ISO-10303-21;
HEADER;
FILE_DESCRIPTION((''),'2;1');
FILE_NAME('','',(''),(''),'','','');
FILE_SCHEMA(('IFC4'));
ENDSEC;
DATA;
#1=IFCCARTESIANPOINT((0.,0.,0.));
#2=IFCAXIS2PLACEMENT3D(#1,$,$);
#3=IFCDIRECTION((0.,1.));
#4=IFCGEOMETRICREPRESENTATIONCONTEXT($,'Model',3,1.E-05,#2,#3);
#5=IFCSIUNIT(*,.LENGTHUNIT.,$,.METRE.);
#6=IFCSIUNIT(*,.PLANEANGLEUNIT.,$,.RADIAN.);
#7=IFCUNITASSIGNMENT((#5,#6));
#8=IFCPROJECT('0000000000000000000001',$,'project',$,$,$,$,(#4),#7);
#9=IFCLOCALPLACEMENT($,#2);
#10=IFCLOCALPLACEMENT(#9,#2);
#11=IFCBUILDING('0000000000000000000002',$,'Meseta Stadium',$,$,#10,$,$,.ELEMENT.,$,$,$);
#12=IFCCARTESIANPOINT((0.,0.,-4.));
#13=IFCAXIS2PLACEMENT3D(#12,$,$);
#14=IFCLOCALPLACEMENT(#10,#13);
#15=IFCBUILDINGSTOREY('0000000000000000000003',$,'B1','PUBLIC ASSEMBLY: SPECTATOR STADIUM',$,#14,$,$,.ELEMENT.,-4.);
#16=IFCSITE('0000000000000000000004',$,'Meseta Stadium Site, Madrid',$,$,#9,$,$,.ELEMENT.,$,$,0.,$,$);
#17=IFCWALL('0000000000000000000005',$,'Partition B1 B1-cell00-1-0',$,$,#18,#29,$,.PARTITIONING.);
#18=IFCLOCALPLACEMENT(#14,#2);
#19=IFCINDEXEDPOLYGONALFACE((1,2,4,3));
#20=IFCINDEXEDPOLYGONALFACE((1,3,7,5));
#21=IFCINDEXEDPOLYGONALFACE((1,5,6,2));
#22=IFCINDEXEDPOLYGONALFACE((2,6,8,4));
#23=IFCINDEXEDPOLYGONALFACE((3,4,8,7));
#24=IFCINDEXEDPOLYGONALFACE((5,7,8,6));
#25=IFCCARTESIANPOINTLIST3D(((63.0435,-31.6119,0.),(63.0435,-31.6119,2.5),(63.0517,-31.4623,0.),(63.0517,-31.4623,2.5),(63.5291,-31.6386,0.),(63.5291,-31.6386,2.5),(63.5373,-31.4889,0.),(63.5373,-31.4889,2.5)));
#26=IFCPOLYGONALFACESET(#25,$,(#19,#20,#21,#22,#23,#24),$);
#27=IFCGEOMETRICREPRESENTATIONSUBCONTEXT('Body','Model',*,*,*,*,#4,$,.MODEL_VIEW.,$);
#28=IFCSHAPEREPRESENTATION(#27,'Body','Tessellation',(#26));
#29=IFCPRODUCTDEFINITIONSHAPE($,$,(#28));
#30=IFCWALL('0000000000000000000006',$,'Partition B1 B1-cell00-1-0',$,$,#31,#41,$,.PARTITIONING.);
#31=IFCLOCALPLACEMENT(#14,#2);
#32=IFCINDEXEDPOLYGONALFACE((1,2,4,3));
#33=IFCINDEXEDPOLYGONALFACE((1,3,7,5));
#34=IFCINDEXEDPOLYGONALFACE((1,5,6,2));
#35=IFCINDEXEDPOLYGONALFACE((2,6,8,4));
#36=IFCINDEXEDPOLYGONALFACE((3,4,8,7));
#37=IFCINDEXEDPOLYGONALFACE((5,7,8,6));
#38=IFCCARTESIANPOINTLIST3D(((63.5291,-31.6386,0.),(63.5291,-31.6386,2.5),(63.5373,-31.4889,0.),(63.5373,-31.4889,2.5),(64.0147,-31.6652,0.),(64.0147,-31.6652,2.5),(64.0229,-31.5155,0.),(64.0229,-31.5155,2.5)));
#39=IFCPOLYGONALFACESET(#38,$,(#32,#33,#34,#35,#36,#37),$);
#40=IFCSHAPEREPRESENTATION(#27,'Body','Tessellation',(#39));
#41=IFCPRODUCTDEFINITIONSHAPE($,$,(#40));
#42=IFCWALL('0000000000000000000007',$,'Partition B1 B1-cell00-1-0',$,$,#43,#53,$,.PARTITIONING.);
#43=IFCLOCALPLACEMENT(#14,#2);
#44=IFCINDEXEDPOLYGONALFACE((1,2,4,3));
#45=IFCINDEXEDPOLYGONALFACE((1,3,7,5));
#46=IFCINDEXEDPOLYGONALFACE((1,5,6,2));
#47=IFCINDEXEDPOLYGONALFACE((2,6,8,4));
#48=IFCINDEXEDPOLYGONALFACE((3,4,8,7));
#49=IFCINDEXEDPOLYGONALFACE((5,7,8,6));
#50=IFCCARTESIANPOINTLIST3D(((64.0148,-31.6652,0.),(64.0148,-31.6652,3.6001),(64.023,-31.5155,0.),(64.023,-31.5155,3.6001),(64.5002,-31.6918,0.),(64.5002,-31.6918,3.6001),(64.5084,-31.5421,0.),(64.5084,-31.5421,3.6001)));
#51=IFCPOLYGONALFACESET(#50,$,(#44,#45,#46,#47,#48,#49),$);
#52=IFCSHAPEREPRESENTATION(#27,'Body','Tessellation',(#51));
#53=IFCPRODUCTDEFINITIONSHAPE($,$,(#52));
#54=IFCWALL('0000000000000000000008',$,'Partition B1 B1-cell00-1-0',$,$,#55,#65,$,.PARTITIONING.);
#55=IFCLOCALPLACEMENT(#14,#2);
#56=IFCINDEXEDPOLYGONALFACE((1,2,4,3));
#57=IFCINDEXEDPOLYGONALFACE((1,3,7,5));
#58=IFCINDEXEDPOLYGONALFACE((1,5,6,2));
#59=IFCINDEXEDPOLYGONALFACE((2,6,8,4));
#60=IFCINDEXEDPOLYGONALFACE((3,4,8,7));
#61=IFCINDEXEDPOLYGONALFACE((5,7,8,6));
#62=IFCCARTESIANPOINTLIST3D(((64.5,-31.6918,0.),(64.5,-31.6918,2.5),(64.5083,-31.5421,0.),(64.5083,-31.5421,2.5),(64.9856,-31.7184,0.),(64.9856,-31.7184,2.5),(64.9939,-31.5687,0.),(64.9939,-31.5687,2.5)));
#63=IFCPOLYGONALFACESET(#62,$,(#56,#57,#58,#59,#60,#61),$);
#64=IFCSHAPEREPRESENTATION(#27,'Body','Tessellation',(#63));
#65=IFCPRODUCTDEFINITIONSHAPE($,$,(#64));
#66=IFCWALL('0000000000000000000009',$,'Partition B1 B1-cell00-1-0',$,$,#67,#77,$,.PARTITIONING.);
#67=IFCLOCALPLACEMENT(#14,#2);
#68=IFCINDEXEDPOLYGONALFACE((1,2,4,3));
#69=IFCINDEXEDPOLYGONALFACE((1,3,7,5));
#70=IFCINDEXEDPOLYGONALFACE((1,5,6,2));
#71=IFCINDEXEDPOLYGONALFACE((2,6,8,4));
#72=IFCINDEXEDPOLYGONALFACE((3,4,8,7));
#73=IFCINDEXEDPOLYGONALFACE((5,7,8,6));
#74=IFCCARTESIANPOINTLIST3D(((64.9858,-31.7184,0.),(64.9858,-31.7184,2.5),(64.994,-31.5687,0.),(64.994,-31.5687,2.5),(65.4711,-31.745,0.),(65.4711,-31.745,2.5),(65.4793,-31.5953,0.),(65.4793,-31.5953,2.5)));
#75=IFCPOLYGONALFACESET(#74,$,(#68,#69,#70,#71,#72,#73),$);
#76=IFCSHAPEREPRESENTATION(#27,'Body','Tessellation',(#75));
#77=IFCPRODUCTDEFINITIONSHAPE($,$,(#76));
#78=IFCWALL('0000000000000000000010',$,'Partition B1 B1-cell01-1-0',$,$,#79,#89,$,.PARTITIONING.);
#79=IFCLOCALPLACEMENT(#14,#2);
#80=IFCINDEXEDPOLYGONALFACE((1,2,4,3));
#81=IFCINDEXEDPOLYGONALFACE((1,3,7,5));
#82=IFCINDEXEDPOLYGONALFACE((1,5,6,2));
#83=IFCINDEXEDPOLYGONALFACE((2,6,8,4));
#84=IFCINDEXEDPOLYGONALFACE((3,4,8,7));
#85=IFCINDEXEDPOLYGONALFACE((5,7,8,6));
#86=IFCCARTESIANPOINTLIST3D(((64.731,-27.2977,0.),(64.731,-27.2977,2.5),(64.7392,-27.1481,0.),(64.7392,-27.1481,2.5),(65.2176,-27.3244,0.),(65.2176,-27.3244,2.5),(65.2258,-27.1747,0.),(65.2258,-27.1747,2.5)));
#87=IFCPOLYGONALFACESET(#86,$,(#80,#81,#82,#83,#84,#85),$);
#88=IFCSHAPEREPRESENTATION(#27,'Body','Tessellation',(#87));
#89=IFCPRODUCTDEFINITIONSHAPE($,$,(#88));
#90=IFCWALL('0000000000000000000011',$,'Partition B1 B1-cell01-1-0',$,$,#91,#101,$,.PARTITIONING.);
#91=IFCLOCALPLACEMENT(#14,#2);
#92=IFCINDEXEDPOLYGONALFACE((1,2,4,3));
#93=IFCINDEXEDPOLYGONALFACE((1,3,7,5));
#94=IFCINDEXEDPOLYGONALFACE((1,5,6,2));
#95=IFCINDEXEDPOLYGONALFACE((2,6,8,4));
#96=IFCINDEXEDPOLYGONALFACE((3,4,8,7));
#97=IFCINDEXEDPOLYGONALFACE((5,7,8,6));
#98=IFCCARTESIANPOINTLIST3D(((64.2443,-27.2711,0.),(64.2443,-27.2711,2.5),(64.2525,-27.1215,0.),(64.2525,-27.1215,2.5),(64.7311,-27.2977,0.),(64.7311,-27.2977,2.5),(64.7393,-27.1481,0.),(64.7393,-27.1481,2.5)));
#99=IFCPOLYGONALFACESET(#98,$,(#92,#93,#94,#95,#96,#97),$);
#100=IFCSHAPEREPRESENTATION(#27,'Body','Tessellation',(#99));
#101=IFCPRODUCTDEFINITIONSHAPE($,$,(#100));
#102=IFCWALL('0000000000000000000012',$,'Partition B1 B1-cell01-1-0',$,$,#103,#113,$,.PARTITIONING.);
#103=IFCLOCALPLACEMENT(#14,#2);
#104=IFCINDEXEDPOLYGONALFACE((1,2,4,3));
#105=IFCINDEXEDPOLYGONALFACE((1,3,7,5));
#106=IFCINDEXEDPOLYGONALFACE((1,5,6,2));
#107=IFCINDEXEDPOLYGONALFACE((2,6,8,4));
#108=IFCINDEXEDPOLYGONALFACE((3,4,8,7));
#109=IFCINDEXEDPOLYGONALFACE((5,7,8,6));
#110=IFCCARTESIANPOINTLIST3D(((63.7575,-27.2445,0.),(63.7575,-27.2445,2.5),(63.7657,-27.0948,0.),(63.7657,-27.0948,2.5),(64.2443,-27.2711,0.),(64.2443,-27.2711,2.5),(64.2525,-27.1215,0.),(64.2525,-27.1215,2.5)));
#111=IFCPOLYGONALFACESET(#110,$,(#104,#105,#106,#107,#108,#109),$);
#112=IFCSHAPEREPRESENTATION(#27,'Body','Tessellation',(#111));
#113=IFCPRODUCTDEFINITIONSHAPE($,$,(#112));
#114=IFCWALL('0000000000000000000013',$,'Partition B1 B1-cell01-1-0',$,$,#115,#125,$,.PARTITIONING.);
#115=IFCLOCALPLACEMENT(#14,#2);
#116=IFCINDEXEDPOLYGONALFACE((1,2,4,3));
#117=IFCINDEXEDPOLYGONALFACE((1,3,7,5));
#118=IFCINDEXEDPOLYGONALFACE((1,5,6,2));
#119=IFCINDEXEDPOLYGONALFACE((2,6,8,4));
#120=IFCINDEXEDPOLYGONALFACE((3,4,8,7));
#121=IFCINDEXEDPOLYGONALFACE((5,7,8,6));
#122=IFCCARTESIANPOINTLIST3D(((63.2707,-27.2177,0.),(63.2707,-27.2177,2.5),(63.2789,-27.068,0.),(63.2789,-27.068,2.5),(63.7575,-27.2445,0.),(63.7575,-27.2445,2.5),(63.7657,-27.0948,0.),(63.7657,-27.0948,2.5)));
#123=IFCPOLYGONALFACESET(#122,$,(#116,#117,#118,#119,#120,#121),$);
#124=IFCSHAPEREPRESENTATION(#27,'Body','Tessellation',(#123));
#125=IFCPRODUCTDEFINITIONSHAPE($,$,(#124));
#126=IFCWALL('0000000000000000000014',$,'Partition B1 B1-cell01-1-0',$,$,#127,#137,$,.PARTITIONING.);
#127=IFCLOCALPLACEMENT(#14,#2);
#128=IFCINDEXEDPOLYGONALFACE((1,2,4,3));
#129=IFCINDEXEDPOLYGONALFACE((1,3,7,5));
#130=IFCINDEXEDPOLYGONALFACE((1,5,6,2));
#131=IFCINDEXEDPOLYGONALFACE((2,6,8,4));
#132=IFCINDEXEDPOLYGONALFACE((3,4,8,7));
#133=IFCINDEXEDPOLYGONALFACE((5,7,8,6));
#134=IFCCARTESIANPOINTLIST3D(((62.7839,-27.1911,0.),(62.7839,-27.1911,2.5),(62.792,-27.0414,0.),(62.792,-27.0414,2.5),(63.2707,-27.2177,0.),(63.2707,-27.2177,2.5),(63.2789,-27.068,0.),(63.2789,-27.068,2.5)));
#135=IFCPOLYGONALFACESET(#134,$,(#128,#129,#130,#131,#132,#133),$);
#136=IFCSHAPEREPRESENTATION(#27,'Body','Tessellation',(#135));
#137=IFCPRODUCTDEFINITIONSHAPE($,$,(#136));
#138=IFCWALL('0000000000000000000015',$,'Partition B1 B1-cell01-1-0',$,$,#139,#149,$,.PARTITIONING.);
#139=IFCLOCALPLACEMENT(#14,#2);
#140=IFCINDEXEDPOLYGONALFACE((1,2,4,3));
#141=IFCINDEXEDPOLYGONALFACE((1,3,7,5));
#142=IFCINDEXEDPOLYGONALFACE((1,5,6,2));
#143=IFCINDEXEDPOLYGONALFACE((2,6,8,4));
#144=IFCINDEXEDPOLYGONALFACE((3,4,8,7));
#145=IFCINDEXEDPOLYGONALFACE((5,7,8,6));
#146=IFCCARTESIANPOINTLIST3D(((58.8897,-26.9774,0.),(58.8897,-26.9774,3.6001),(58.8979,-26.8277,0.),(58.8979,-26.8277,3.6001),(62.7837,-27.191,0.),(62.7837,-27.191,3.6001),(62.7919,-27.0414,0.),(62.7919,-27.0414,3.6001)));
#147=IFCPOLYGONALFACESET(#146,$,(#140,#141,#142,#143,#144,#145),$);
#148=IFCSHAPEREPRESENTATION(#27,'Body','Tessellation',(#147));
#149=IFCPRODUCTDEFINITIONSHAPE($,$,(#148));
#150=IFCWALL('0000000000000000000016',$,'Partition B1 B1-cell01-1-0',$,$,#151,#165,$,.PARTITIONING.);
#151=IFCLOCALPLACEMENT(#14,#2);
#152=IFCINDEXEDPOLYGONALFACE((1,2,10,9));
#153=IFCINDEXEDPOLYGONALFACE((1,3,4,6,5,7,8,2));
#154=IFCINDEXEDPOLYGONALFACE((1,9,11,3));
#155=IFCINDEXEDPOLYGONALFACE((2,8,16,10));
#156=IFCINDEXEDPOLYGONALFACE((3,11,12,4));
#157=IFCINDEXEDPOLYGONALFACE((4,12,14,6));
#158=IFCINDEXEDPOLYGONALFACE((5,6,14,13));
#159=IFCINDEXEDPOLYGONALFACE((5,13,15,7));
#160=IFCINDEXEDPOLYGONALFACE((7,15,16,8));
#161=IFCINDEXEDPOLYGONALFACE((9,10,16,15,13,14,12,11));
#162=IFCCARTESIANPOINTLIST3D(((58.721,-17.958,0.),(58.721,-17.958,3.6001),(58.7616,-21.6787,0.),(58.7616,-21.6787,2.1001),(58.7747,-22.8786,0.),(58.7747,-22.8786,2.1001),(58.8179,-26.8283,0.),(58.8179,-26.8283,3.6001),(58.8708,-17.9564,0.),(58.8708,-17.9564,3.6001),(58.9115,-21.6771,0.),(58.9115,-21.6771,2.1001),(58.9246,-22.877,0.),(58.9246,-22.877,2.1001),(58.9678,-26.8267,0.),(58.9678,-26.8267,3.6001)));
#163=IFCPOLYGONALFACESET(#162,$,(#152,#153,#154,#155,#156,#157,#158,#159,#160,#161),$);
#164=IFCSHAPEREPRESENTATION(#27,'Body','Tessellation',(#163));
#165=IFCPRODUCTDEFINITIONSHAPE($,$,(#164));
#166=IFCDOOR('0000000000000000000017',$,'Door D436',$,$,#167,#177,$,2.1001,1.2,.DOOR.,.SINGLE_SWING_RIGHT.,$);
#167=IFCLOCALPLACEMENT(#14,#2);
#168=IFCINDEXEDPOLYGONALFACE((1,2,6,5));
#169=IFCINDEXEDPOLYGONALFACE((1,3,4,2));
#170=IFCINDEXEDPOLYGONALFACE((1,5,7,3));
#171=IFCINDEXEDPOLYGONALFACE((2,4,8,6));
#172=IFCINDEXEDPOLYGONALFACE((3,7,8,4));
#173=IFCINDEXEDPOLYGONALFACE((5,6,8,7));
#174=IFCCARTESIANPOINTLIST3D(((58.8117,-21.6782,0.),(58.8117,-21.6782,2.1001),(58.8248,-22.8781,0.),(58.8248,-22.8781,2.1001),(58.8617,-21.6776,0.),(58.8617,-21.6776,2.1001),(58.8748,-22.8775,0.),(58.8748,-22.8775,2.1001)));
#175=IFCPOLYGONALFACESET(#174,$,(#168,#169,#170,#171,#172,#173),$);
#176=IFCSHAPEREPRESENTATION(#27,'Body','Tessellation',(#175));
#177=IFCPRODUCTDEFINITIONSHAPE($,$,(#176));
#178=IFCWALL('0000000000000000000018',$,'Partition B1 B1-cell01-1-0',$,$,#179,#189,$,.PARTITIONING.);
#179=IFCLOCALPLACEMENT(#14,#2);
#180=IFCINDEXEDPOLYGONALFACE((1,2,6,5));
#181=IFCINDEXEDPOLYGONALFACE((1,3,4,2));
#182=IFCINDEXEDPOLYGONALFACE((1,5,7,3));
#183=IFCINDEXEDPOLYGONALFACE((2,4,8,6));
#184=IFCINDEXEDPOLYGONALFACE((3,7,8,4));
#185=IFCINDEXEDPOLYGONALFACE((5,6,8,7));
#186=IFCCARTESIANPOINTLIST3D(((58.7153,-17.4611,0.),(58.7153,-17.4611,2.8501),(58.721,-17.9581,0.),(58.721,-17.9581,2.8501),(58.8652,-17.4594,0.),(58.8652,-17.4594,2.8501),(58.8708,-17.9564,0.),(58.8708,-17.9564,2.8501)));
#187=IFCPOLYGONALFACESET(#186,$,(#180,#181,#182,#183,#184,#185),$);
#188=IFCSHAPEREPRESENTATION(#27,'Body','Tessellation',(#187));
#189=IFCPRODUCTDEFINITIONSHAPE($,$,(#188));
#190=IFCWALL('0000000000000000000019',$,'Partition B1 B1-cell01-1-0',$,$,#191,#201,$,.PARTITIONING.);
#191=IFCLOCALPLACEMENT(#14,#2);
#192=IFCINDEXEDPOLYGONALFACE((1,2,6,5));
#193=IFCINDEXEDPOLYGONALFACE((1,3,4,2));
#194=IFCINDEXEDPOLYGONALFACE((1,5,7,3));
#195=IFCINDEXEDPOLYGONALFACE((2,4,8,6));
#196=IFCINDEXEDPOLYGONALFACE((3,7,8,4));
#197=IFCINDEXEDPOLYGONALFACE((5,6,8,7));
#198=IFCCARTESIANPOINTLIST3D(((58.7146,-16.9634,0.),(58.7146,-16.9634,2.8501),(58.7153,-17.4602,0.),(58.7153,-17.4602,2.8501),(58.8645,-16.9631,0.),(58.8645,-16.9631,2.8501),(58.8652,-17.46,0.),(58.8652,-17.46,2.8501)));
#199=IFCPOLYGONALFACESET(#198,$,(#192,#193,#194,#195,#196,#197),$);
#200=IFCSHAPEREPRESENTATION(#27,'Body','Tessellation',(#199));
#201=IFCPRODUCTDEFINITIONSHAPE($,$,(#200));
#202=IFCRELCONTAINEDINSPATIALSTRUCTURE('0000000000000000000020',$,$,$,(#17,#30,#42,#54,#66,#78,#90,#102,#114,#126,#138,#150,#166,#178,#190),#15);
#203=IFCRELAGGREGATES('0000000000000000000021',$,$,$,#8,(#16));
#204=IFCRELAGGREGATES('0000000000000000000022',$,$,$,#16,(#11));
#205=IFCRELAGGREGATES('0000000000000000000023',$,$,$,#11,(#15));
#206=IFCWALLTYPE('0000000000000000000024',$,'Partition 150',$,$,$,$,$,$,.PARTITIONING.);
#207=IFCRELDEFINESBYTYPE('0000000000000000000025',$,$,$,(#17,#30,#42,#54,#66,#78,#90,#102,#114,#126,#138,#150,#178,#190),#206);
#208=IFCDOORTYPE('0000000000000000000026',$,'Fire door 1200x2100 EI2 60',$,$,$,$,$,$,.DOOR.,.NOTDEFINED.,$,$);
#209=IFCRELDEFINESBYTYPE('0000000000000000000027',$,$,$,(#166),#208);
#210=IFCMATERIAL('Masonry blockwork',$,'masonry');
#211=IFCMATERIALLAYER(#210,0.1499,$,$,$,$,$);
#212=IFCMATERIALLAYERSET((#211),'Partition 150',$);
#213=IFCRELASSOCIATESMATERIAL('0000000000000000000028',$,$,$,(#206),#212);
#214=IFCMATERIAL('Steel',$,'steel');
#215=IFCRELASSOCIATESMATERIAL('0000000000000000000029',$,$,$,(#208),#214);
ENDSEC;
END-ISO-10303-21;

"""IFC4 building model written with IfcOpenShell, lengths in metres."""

from ifc_helpers import new_model, si_unit, direction, frame, frame_2d, origin, place, context, subcontext, project, spatial, rectangle, extrude, material, layer, layer_set, type_object, element, fill, save


model = new_model("IFC4")

# Units and contexts
model_context = context("Model", 3, precision=1e-05, world=origin(), true_north=direction((0.0, 1.0)))
body_context = subcontext(model_context, "Body", "Model", "MODEL_VIEW")
ifc_project = project(units=[si_unit("LENGTHUNIT", "METRE"), si_unit("PLANEANGLEUNIT", "RADIAN")], contexts=[model_context])

# Site, building, storey
site_placement = place(None, origin())
site = spatial("IfcSite", under=ifc_project, at=site_placement, Name="Meseta Stadium Site, Madrid", CompositionType="ELEMENT", RefElevation=0.0)
building_placement = place(site_placement, origin())
building = spatial("IfcBuilding", under=site, at=building_placement, Name="Meseta Stadium", CompositionType="ELEMENT")
storey_placement = place(building_placement, frame((0.0, 0.0, -4.0)))
storey = spatial("IfcBuildingStorey", under=building, at=storey_placement, Name="B1", Description="PUBLIC ASSEMBLY: SPECTATOR STADIUM", CompositionType="ELEMENT", Elevation=-4.0)

# Walls
ifc_material_1 = material(Name="Masonry blockwork", Category="masonry")
ifc_layer = layer(ifc_material_1, 0.1499)
ifc_layer_set = layer_set([ifc_layer], Name="Partition 150")
wall_type = type_object("IfcWallType", Name="Partition 150", PredefinedType="PARTITIONING", material=ifc_layer_set)
for number, where, z_axis, x_axis, name in (
    (1, (63.0476, -31.5371, 0.0), (0.0, 0.0, 1.0), (0.998502, -0.054719, 0.0), "Partition B1 B1-cell00-1-0"),
    (2, (63.5332, -31.5637, 0.0), (0.0, 0.0, 1.0), (0.998502, -0.054719, 0.0), "Partition B1 B1-cell00-1-0"),
):
    element("IfcWall", number, at=place(storey_placement, frame(where, z_axis=z_axis, x_axis=x_axis)), inside=storey, type_object=wall_type, Name=name, PredefinedType="PARTITIONING", context=body_context, shape_type="SweptSolid", body=[
        extrude(rectangle(XDim=0.4863, YDim=0.1499, at=frame_2d((0.2432, 0.0))), origin(), (0.0, 0.0, 1.0), 2.5),
    ])
wall_1_placement = place(storey_placement, frame((64.0188, -31.5903, 0.0), z_axis=(0.0, 0.0, 1.0), x_axis=(0.9985, -0.054747, 0.0)))
element("IfcWall", 3, at=wall_1_placement, inside=storey, type_object=wall_type, Name="Partition B1 B1-cell00-1-0", PredefinedType="PARTITIONING", context=body_context, shape_type="SweptSolid", body=[
    extrude(rectangle(XDim=0.4861, YDim=0.1499, at=frame_2d((0.2432, 0.0))), origin(), (0.0, 0.0, 1.0), 3.6001),
])
wall_2_placement = place(storey_placement, frame((64.5042, -31.6169, 0.0), z_axis=(0.0, 0.0, 1.0), x_axis=(0.998502, -0.054719, 0.0)))
element("IfcWall", 4, at=wall_2_placement, inside=storey, type_object=wall_type, Name="Partition B1 B1-cell00-1-0", PredefinedType="PARTITIONING", context=body_context, shape_type="SweptSolid", body=[
    extrude(rectangle(XDim=0.4863, YDim=0.1499, at=frame_2d((0.2432, 0.0))), origin(), (0.0, 0.0, 1.0), 2.5),
])
wall_3_placement = place(storey_placement, frame((64.9897, -31.6436, 0.0), z_axis=(0.0, 0.0, 1.0), x_axis=(0.9985, -0.054747, 0.0)))
element("IfcWall", 5, at=wall_3_placement, inside=storey, type_object=wall_type, Name="Partition B1 B1-cell00-1-0", PredefinedType="PARTITIONING", context=body_context, shape_type="SweptSolid", body=[
    extrude(rectangle(XDim=0.4861, YDim=0.1499, at=frame_2d((0.2432, 0.0))), origin(), (0.0, 0.0, 1.0), 2.5),
])
wall_4_placement = place(storey_placement, frame((65.2217, -27.2495, 0.0), z_axis=(0.0, 0.0, 1.0), x_axis=(-0.998508, 0.05461, 0.0)))
element("IfcWall", 6, at=wall_4_placement, inside=storey, type_object=wall_type, Name="Partition B1 B1-cell01-1-0", PredefinedType="PARTITIONING", context=body_context, shape_type="SweptSolid", body=[
    extrude(rectangle(XDim=0.4873, YDim=0.1499, at=frame_2d((0.2437, 0.0))), origin(), (0.0, 0.0, 1.0), 2.5),
])
for number, where, z_axis, x_axis, name in (
    (7, (64.7351, -27.2229, 0.0), (0.0, 0.0, 1.0), (-0.998509, 0.054583, 0.0), "Partition B1 B1-cell01-1-0"),
    (8, (64.2483, -27.1963, 0.0), (0.0, 0.0, 1.0), (-0.998509, 0.054583, 0.0), "Partition B1 B1-cell01-1-0"),
    (9, (63.7615, -27.1697, 0.0), (0.0, 0.0, 1.0), (-0.998482, 0.055082, 0.0), "Partition B1 B1-cell01-1-0"),
    (10, (63.2747, -27.1428, 0.0), (0.0, 0.0, 1.0), (-0.998509, 0.054583, 0.0), "Partition B1 B1-cell01-1-0"),
):
    element("IfcWall", number, at=place(storey_placement, frame(where, z_axis=z_axis, x_axis=x_axis)), inside=storey, type_object=wall_type, Name=name, PredefinedType="PARTITIONING", context=body_context, shape_type="SweptSolid", body=[
        extrude(rectangle(XDim=0.4875, YDim=0.1499, at=frame_2d((0.2437, 0.0))), origin(), (0.0, 0.0, 1.0), 2.5),
    ])
wall_5_placement = place(storey_placement, frame((62.7878, -27.1162, 0.0), z_axis=(0.0, 0.0, 1.0), x_axis=(-0.998499, 0.054777, 0.0)))
element("IfcWall", 11, at=wall_5_placement, inside=storey, type_object=wall_type, Name="Partition B1 B1-cell01-1-0", PredefinedType="PARTITIONING", context=body_context, shape_type="SweptSolid", body=[
    extrude(rectangle(XDim=3.8999, YDim=0.1499, at=frame_2d((1.95, 0.0))), origin(), (0.0, 0.0, 1.0), 3.6001),
])

# Wall, opening, door
wall_6_placement = place(storey_placement, frame((58.8928, -26.8276, 0.0), z_axis=(0.0, 0.0, 1.0), x_axis=(-0.010926, 0.99994, 0.0)))
wall_6 = element("IfcWall", 12, at=wall_6_placement, inside=storey, type_object=wall_type, Name="Partition B1 B1-cell01-1-0", PredefinedType="PARTITIONING", context=body_context, shape_type="SweptSolid", body=[
    extrude(rectangle(XDim=8.8708, YDim=0.1499, at=frame_2d((4.4355, 0.0))), origin(), (0.0, 0.0, 1.0), 3.6001),
])
opening_placement = place(wall_6_placement, frame((3.95, 0.0, 0.0)))
opening = element("IfcOpeningElement", 13, at=opening_placement, cuts=wall_6, PredefinedType="OPENING", context=body_context, shape_type="SweptSolid", body=[
    extrude(rectangle(XDim=1.2, YDim=2.1001, at=frame_2d((0.6001, 1.05))), frame((0.0, 0.085, 0.0), z_axis=(0.0, -1.0, 0.0), x_axis=(1.0, 0.0, 0.0)), (0.0, 0.0, 1.0), 0.1699),
])
ifc_material_2 = material(Name="Steel", Category="steel")
door_type = type_object("IfcDoorType", Name="Fire door 1200x2100 EI2 60", OperationType="NOTDEFINED", PredefinedType="DOOR", material=ifc_material_2)
door_placement = place(opening_placement, origin())
door = element("IfcDoor", 14, at=door_placement, inside=storey, type_object=door_type, Name="Door D436", OperationType="SINGLE_SWING_RIGHT", OverallHeight=2.1001, OverallWidth=1.2, PredefinedType="DOOR", context=body_context, shape_type="SweptSolid", body=[
    extrude(rectangle(XDim=1.2, YDim=2.1001, at=frame_2d((0.6001, 1.05))), frame((0.0, 0.0249, 0.0), z_axis=(0.0, -1.0, 0.0), x_axis=(1.0, 0.0, 0.0)), (0.0, 0.0, 1.0), 0.05),
])
fill(opening, door)

# Walls
wall_7_placement = place(storey_placement, frame((58.7959, -17.9573, 0.0), z_axis=(0.0, 0.0, 1.0), x_axis=(-0.011296, 0.999936, 0.0)))
element("IfcWall", 15, at=wall_7_placement, inside=storey, type_object=wall_type, Name="Partition B1 B1-cell01-1-0", PredefinedType="PARTITIONING", context=body_context, shape_type="SweptSolid", body=[
    extrude(rectangle(XDim=0.4971, YDim=0.1499, at=frame_2d((0.2485, 0.0))), origin(), (0.0, 0.0, 1.0), 2.8501),
])
wall_8_placement = place(storey_placement, frame((58.7903, -17.4602, 0.0), z_axis=(0.0, 0.0, 1.0), x_axis=(-0.001474, 0.999999, 0.0)))
element("IfcWall", 16, at=wall_8_placement, inside=storey, type_object=wall_type, Name="Partition B1 B1-cell01-1-0", PredefinedType="PARTITIONING", context=body_context, shape_type="SweptSolid", body=[
    extrude(rectangle(XDim=0.4968, YDim=0.1499, at=frame_2d((0.2485, 0.0))), origin(), (0.0, 0.0, 1.0), 2.8501),
])

save(model, "model.ifc")
